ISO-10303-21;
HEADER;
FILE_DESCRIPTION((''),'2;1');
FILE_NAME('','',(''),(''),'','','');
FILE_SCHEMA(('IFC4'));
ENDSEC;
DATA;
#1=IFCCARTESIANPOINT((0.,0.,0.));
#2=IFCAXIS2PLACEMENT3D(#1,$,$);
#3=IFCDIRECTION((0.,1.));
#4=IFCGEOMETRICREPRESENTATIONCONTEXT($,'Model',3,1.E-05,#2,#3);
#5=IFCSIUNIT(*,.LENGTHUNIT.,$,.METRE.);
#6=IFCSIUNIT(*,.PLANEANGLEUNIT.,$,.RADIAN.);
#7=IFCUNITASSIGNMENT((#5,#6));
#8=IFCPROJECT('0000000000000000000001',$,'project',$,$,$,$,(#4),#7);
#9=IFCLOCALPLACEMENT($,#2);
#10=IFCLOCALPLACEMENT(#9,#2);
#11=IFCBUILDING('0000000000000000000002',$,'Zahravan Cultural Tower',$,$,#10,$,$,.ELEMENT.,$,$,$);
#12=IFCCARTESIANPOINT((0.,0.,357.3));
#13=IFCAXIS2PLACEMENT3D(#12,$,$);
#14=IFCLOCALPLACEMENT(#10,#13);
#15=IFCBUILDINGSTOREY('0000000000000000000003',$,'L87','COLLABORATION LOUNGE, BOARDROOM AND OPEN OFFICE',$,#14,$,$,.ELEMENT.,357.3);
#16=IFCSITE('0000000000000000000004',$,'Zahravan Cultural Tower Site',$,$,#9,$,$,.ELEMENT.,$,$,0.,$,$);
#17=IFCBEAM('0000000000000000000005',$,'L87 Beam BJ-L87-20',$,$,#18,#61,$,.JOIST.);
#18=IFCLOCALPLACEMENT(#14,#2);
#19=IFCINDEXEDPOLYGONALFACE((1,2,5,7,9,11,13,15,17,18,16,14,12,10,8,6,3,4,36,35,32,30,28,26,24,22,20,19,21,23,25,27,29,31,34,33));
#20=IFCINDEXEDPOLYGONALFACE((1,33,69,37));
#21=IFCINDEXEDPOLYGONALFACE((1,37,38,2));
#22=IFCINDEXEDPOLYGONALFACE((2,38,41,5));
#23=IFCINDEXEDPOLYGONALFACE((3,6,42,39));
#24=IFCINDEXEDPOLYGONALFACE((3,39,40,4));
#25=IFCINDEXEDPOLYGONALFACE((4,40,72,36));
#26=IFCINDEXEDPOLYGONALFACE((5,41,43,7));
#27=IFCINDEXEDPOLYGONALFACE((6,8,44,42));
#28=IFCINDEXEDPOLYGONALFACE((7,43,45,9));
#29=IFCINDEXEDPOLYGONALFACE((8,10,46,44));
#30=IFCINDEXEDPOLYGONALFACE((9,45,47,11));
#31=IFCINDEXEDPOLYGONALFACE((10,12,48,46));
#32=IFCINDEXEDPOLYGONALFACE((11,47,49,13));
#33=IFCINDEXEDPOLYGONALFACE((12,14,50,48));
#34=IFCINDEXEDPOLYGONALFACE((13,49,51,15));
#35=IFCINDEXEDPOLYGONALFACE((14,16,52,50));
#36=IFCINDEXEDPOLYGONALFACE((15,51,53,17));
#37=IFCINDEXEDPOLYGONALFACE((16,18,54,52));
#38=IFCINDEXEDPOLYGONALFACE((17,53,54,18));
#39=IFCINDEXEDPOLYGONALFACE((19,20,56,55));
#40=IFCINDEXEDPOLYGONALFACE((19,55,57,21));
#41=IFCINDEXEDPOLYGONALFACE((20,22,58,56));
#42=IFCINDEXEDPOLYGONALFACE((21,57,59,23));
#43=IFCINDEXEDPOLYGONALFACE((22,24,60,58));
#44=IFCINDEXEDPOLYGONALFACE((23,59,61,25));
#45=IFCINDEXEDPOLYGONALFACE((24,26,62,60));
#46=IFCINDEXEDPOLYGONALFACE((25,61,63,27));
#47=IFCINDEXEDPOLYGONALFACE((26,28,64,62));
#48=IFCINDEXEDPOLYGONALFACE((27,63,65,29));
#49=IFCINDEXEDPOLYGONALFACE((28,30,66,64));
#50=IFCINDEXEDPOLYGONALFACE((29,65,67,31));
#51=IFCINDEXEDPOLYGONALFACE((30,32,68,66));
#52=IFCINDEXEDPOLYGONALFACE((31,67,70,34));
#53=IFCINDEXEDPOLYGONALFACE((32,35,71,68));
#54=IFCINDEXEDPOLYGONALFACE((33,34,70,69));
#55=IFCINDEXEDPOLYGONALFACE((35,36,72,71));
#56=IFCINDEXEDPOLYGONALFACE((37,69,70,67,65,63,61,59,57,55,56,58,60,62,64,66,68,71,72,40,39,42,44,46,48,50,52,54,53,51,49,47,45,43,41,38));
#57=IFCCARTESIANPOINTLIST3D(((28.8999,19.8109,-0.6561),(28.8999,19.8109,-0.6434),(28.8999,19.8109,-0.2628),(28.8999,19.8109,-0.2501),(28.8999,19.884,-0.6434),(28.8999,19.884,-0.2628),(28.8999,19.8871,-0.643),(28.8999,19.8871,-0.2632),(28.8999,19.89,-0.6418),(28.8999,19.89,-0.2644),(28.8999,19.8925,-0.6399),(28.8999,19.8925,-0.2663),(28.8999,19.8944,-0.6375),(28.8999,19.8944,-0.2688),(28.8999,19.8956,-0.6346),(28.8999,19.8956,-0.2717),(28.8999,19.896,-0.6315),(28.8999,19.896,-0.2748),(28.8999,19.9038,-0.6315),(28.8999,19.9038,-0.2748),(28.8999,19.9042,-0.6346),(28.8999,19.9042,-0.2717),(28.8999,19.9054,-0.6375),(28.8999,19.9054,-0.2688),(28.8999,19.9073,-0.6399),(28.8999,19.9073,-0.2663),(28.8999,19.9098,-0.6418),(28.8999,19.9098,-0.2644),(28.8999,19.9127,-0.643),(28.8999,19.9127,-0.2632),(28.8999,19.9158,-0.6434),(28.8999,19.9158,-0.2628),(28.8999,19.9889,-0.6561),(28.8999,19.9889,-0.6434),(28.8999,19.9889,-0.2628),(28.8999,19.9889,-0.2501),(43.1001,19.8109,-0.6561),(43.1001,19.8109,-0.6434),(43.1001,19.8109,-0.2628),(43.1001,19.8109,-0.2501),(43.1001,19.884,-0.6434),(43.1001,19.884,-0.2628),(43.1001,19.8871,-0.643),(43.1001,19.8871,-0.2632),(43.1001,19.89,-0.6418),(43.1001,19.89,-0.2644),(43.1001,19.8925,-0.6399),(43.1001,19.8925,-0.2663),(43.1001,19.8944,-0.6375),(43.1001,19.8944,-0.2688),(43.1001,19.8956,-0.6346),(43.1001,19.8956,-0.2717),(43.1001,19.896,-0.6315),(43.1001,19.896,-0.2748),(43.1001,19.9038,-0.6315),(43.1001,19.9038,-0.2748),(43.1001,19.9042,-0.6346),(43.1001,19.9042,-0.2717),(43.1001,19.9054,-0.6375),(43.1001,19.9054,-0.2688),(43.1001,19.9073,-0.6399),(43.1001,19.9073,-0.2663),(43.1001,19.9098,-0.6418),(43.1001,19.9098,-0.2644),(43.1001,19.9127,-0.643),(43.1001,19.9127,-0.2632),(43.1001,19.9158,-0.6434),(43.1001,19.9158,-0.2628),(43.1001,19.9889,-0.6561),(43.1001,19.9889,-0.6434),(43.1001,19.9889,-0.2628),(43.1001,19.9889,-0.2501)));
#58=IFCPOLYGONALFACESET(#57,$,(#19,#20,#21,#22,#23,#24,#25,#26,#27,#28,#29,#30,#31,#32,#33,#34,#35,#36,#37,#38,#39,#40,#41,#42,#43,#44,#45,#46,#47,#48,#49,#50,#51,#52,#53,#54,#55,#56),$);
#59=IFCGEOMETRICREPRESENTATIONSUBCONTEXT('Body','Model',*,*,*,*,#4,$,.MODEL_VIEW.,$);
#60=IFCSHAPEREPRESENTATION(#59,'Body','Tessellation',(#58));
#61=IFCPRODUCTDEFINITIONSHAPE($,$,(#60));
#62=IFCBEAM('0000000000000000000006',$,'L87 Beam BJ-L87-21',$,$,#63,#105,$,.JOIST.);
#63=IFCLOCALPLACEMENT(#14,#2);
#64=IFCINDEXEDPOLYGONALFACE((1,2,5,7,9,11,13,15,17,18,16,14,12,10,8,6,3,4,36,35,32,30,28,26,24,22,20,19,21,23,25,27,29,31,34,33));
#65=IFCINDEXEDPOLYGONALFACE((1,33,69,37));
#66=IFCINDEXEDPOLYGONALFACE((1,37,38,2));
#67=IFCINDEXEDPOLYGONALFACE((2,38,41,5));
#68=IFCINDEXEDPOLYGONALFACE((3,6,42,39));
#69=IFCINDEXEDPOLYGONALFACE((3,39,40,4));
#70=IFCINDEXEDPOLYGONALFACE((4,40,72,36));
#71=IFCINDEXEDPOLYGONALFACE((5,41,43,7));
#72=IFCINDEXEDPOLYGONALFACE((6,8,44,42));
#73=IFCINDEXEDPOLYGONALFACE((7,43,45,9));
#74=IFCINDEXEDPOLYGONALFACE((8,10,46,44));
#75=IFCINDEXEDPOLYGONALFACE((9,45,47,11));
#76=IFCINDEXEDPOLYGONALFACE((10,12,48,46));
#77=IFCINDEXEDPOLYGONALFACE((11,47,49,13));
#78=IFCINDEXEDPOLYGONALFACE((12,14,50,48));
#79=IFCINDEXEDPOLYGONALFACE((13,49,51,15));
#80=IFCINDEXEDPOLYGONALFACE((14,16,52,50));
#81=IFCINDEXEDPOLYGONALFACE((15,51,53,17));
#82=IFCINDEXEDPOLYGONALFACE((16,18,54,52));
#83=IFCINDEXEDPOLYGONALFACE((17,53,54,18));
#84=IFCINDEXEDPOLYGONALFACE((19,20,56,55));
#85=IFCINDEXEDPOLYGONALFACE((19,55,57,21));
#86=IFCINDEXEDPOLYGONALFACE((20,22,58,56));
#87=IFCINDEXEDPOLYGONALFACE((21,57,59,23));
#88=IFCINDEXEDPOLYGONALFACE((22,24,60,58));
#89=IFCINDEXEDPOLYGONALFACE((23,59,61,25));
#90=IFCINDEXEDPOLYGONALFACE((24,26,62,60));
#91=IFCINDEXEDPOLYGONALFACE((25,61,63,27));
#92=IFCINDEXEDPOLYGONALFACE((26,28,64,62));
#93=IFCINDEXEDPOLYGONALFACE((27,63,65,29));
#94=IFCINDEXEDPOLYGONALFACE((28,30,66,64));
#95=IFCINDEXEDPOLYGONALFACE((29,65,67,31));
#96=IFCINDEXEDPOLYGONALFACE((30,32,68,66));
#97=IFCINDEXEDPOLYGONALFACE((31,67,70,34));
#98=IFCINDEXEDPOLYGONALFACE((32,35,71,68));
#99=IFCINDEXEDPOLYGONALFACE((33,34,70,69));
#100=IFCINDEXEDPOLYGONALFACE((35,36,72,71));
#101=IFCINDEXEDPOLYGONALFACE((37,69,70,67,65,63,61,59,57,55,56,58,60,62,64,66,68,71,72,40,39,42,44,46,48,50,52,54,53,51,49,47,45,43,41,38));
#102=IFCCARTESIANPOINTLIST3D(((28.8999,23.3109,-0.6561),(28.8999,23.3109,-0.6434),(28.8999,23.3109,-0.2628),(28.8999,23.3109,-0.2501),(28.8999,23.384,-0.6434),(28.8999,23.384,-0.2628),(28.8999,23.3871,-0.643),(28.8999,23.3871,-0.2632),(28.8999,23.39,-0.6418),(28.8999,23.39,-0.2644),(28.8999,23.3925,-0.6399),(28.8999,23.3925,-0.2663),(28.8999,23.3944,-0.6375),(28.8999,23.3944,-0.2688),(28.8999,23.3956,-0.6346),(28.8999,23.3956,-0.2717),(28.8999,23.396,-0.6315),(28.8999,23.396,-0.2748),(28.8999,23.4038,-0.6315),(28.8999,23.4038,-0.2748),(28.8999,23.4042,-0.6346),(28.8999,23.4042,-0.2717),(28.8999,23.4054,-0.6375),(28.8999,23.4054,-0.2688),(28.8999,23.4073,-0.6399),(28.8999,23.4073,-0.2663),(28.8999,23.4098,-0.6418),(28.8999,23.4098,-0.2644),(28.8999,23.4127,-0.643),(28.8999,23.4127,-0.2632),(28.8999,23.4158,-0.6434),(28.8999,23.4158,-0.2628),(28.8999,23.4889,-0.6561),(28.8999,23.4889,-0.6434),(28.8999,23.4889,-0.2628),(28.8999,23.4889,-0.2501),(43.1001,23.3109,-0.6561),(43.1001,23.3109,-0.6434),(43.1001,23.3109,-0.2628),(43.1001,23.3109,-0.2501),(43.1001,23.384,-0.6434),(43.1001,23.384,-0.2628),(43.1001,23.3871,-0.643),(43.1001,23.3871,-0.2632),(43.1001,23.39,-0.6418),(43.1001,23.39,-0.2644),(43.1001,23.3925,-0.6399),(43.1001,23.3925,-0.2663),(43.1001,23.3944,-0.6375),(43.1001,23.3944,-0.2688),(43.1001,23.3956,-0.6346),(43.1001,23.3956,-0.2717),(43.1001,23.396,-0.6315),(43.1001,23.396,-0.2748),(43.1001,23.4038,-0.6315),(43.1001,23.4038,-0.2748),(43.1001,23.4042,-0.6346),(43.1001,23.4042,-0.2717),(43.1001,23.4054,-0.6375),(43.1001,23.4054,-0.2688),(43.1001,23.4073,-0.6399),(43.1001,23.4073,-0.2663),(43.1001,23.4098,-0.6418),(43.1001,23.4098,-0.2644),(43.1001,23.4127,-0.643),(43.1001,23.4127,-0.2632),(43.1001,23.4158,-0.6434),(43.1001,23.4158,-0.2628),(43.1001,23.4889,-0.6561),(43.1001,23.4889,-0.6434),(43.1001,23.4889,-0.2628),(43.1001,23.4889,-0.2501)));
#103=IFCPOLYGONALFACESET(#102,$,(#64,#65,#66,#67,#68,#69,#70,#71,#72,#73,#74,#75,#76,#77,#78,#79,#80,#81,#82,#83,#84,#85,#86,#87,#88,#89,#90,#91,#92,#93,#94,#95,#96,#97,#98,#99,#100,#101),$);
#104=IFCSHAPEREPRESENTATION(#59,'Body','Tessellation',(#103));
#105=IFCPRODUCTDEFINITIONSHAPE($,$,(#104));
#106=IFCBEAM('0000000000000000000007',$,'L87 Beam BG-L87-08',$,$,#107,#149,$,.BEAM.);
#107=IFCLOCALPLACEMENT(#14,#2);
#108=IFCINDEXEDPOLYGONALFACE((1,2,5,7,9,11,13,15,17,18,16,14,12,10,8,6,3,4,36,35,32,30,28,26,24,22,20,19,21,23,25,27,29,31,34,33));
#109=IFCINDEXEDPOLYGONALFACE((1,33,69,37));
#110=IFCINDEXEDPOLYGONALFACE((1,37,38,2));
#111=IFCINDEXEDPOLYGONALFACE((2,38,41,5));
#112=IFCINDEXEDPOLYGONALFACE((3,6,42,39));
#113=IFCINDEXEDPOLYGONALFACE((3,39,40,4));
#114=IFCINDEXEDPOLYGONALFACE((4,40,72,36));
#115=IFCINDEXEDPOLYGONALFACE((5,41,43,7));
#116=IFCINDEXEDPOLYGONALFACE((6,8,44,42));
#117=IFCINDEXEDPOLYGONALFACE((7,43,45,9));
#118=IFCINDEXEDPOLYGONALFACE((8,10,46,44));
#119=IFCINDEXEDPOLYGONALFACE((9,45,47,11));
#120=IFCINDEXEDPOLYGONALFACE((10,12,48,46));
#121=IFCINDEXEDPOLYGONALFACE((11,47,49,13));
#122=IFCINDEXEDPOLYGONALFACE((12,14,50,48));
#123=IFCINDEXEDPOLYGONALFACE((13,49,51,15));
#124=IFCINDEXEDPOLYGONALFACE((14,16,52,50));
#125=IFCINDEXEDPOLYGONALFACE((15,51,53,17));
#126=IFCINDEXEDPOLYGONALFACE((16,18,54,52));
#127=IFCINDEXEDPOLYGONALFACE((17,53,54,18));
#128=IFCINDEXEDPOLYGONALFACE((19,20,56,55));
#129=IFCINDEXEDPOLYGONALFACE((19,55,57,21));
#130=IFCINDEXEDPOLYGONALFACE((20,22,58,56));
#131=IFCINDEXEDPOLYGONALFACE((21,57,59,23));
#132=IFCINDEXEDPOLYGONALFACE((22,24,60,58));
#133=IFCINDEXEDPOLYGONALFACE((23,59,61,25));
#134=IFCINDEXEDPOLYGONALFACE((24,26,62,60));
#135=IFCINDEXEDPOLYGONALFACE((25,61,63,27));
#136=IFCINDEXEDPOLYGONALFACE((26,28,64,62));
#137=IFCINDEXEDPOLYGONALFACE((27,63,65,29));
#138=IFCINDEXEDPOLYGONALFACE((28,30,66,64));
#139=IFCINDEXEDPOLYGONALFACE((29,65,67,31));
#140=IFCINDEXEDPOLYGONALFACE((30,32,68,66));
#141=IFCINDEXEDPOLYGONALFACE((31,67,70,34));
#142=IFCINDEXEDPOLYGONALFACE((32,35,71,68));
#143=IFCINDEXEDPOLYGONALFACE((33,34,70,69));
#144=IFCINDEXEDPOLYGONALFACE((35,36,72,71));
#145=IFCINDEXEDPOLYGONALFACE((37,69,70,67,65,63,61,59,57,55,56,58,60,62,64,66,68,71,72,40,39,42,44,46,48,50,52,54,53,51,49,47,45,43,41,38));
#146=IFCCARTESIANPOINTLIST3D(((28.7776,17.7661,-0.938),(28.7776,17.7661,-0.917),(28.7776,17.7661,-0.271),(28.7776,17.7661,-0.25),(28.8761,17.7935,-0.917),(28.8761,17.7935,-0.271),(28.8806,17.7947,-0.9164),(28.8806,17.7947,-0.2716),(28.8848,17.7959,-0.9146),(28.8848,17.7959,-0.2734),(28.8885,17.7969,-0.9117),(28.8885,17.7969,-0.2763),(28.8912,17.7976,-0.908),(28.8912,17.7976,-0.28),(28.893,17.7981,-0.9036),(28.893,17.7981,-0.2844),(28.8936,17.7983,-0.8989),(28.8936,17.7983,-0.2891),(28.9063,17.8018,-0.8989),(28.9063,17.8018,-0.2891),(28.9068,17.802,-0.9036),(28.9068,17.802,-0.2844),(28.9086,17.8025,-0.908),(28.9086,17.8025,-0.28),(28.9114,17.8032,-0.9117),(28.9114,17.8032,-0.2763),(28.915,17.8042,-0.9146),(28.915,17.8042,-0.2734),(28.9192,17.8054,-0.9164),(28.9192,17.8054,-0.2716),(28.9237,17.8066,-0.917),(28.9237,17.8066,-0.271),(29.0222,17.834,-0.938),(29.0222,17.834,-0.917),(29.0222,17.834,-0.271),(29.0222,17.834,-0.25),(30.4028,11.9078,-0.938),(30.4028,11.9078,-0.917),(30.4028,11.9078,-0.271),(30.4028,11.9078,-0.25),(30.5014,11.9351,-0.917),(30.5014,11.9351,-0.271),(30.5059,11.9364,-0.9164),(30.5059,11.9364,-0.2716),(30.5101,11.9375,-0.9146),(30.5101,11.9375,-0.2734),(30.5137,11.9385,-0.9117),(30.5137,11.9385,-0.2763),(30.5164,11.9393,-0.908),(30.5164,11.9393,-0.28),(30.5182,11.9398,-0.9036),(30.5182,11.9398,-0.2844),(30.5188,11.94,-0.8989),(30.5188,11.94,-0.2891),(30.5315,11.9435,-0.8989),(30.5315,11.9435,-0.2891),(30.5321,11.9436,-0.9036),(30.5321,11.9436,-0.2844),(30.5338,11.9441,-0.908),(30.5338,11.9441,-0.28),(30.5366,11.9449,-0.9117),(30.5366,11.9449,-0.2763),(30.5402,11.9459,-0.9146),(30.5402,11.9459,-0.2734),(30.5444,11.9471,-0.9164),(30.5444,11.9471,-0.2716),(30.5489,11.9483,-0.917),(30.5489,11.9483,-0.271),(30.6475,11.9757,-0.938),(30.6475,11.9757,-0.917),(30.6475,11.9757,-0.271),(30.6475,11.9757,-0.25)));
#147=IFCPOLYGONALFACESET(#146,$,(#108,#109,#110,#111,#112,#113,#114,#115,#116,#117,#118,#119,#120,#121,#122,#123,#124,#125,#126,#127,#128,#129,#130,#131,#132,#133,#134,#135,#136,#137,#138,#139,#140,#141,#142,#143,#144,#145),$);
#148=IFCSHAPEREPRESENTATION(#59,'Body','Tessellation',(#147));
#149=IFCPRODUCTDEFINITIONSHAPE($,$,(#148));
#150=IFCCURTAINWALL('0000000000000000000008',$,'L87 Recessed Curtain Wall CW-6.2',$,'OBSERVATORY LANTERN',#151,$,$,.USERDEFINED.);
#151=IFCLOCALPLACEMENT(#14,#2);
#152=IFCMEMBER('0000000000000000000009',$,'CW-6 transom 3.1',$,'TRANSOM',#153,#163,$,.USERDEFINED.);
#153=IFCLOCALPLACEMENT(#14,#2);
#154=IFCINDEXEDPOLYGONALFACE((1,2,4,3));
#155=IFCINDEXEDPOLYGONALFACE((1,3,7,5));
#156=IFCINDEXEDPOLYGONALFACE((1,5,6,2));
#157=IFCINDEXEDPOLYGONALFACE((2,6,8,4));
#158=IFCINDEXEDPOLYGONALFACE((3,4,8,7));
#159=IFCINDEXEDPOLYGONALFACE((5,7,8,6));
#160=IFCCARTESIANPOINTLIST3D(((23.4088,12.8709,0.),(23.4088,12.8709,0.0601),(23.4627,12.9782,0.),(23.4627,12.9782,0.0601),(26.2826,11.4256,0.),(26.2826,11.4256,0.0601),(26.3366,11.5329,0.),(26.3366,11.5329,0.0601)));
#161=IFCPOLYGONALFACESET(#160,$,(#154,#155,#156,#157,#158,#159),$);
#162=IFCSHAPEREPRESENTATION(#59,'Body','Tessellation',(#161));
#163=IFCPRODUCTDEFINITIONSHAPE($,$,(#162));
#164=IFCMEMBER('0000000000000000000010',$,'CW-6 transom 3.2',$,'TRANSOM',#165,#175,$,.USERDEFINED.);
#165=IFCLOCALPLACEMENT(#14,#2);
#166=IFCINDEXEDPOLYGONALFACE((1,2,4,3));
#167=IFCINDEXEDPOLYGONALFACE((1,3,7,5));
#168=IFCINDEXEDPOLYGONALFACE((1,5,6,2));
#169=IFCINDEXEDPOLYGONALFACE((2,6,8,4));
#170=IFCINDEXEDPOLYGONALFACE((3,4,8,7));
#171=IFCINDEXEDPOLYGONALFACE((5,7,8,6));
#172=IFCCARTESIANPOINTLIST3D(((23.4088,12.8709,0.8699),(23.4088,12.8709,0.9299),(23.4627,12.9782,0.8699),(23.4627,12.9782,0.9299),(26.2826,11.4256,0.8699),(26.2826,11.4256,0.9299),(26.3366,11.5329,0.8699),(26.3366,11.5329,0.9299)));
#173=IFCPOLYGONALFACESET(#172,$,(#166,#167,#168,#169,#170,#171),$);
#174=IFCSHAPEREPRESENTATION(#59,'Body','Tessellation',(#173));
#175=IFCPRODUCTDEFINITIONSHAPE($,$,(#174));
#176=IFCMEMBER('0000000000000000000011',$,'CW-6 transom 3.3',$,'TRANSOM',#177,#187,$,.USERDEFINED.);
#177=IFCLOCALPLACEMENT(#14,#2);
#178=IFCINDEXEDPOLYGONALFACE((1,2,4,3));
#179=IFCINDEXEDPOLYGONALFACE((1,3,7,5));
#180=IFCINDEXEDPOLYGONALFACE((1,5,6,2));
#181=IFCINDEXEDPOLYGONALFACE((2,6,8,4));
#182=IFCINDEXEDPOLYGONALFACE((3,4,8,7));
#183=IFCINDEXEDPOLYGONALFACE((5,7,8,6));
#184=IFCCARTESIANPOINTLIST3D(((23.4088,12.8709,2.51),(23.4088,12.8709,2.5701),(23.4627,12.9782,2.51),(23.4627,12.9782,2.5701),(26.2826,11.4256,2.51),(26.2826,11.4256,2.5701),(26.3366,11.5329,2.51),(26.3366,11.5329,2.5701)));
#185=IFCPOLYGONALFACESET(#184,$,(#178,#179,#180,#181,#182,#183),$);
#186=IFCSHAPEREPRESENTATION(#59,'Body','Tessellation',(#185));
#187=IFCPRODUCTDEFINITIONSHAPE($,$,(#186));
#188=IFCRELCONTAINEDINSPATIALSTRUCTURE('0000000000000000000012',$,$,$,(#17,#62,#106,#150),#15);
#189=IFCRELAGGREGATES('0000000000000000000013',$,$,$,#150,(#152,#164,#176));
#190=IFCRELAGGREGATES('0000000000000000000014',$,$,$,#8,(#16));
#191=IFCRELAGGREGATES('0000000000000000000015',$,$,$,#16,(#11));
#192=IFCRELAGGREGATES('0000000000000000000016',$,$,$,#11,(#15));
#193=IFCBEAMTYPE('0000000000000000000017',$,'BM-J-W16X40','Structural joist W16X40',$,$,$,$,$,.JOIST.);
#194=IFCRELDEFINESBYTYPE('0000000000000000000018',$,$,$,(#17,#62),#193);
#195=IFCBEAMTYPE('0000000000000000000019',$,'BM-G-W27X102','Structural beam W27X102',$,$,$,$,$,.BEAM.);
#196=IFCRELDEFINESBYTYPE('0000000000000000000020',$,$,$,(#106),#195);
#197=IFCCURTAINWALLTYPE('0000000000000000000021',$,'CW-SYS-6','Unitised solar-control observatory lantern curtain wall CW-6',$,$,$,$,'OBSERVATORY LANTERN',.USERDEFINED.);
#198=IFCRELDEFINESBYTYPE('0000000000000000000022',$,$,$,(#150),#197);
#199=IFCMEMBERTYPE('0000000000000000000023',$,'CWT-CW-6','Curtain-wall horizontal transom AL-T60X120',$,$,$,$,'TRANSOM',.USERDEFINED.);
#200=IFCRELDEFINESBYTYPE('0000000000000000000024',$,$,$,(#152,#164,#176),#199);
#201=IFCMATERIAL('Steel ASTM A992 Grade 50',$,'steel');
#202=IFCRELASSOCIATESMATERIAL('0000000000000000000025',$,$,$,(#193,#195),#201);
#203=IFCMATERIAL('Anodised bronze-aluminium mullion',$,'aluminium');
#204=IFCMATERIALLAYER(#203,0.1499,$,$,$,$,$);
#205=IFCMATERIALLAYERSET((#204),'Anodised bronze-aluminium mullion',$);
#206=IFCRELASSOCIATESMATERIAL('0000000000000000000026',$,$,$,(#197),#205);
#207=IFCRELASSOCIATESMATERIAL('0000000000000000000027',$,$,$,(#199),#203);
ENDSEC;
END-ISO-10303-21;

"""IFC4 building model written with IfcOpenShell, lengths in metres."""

from ifc_helpers import new_model, si_unit, direction, frame, origin, origin_2d, place, context, subcontext, project, spatial, rectangle, i_section, extrude, source, transform, mapped, material, layer, layer_set, material_profile, profile_set, type_object, element, aggregate, save


model = new_model("IFC4")

# Units and contexts
model_context = context("Model", 3, precision=1e-05, world=origin(), true_north=direction((0.0, 1.0)))
body_context = subcontext(model_context, "Body", "Model", "MODEL_VIEW")
ifc_project = project(units=[si_unit("LENGTHUNIT", "METRE"), si_unit("PLANEANGLEUNIT", "RADIAN")], contexts=[model_context])

# Site, building, storey
site_placement = place(None, origin())
site = spatial("IfcSite", under=ifc_project, at=site_placement, Name="Zahravan Cultural Tower Site", CompositionType="ELEMENT", RefElevation=0.0)
building_placement = place(site_placement, origin())
building = spatial("IfcBuilding", under=site, at=building_placement, Name="Zahravan Cultural Tower", CompositionType="ELEMENT")
storey_placement = place(building_placement, frame((0.0, 0.0, 357.3)))
storey = spatial("IfcBuildingStorey", under=building, at=storey_placement, Name="L87", Description="COLLABORATION LOUNGE, BOARDROOM AND OPEN OFFICE", CompositionType="ELEMENT", Elevation=357.3)

# Shared definitions
ifc_material_1 = material(Name="Steel ASTM A992 Grade 50", Category="steel")

# Beams
ifc_material_profile_1 = material_profile(ifc_material_1, i_section(OverallWidth=0.178, OverallDepth=0.406, WebThickness=0.0078, FlangeThickness=0.0127, FilletRadius=0.012, at=origin_2d()), Name="W16X40")
ifc_profile_set_1 = profile_set([ifc_material_profile_1], Name="Steel ASTM A992 Grade 50")
beam_type_1 = type_object("IfcBeamType", Name="BM-J-W16X40", Description="Structural joist W16X40", PredefinedType="JOIST", material=ifc_profile_set_1)
shared_shape_1 = source(origin(), body_context, "Body", "SweptSolid", [
    extrude(i_section(OverallWidth=0.178, OverallDepth=0.406, WebThickness=0.0078, FlangeThickness=0.0127, FilletRadius=0.012, at=origin_2d()), origin(), (0.0, 0.0, 1.0), 14.2002),
])
for number, where, z_axis, x_axis, name in (
    (1, (28.8999, 19.8999, -0.4531), (1.0, 0.0, 0.0), (0.0, 1.0, 0.0), "L87 Beam BJ-L87-20"),
    (2, (28.8999, 23.3999, -0.4531), (1.0, 0.0, 0.0), (0.0, 1.0, 0.0), "L87 Beam BJ-L87-21"),
):
    element("IfcBeam", number, at=place(storey_placement, frame(where, z_axis=z_axis, x_axis=x_axis)), inside=storey, type_object=beam_type_1, Name=name, PredefinedType="JOIST", context=body_context, shape_type="MappedRepresentation", body=[
        mapped(shared_shape_1, transform((0.0, 0.0, 0.0), x_axis=(1.0, 0.0, 0.0), y_axis=(0.0, 1.0, 0.0), z_axis=(0.0, 0.0, 1.0), scale=1.0)),
    ])
ifc_material_profile_2 = material_profile(ifc_material_1, i_section(OverallWidth=0.2539, OverallDepth=0.688, WebThickness=0.0132, FlangeThickness=0.021, FilletRadius=0.0181, at=origin_2d()), Name="W27X102")
ifc_profile_set_2 = profile_set([ifc_material_profile_2], Name="Steel ASTM A992 Grade 50")
beam_type_2 = type_object("IfcBeamType", Name="BM-G-W27X102", Description="Structural beam W27X102", PredefinedType="BEAM", material=ifc_profile_set_2)
shared_shape_2 = source(origin(), body_context, "Body", "SweptSolid", [
    extrude(i_section(OverallWidth=0.2539, OverallDepth=0.688, WebThickness=0.0132, FlangeThickness=0.021, FilletRadius=0.0181, at=origin_2d()), origin(), (0.0, 0.0, 1.0), 6.0796),
])
beam_1_placement = place(storey_placement, frame((28.8999, 17.8, -0.594), z_axis=(0.267325, -0.963606, 0.0), x_axis=(0.963606, 0.267325, 0.0)))
element("IfcBeam", 3, at=beam_1_placement, inside=storey, type_object=beam_type_2, Name="L87 Beam BG-L87-08", PredefinedType="BEAM", context=body_context, shape_type="MappedRepresentation", body=[
    mapped(shared_shape_2, transform((0.0, 0.0, 0.0), x_axis=(1.0, 0.0, 0.0), y_axis=(0.0, 1.0, 0.0), z_axis=(0.0, 0.0, 1.0), scale=1.0)),
])

# Curtain wall, members
ifc_material_2 = material(Name="Anodised bronze-aluminium mullion", Category="aluminium")
ifc_layer_1 = layer(ifc_material_2, 0.1499)
ifc_layer_set_1 = layer_set([ifc_layer_1], Name="Anodised bronze-aluminium mullion")
curtain_wall_type = type_object("IfcCurtainWallType", Name="CW-SYS-6", Description="Unitised solar-control observatory lantern curtain wall CW-6", ElementType="OBSERVATORY LANTERN", PredefinedType="USERDEFINED", material=ifc_layer_set_1)
curtain_wall_placement = place(storey_placement, origin())
curtain_wall = element("IfcCurtainWall", 4, at=curtain_wall_placement, inside=storey, type_object=curtain_wall_type, Name="L87 Recessed Curtain Wall CW-6.2", ObjectType="OBSERVATORY LANTERN", PredefinedType="USERDEFINED")
ifc_material_profile_3 = material_profile(ifc_material_2, rectangle(XDim=0.1201, YDim=0.0601, at=origin_2d()), Name="AL-T60X120")
ifc_profile_set_3 = profile_set([ifc_material_profile_3], Name="Anodised bronze-aluminium mullion")
member_type_1 = type_object("IfcMemberType", Name="CWT-CW-6", Description="Curtain-wall horizontal transom AL-T60X120", ElementType="TRANSOM", PredefinedType="USERDEFINED", material=ifc_profile_set_3)
shared_shape_3 = source(origin(), body_context, "Body", "SweptSolid", [
    extrude(rectangle(XDim=0.1201, YDim=0.0601, at=origin_2d()), origin(), (0.0, 0.0, 1.0), 3.2168),
])
member_1_placement = place(storey_placement, frame((26.3096, 11.4792, 0.03), z_axis=(-0.893377, 0.449307, 0.0), x_axis=(-0.449307, -0.893377, 0.0)))
member_1 = element("IfcMember", 5, at=member_1_placement, type_object=member_type_1, Name="CW-6 transom 3.1", ObjectType="TRANSOM", PredefinedType="USERDEFINED", context=body_context, shape_type="MappedRepresentation", body=[
    mapped(shared_shape_3, transform((0.0, 0.0, 0.0), x_axis=(1.0, 0.0, 0.0), y_axis=(0.0, 1.0, 0.0), z_axis=(0.0, 0.0, 1.0), scale=1.0)),
])
member_2_placement = place(storey_placement, frame((26.3096, 11.4792, 0.8999), z_axis=(-0.893377, 0.449307, 0.0), x_axis=(-0.449307, -0.893377, 0.0)))
member_2 = element("IfcMember", 6, at=member_2_placement, type_object=member_type_1, Name="CW-6 transom 3.2", ObjectType="TRANSOM", PredefinedType="USERDEFINED", context=body_context, shape_type="MappedRepresentation", body=[
    mapped(shared_shape_3, transform((0.0, 0.0, 0.0), x_axis=(1.0, 0.0, 0.0), y_axis=(0.0, 1.0, 0.0), z_axis=(0.0, 0.0, 1.0), scale=1.0)),
])
member_3_placement = place(storey_placement, frame((26.3096, 11.4792, 2.54), z_axis=(-0.893377, 0.449307, 0.0), x_axis=(-0.449307, -0.893377, 0.0)))
member_3 = element("IfcMember", 7, at=member_3_placement, type_object=member_type_1, Name="CW-6 transom 3.3", ObjectType="TRANSOM", PredefinedType="USERDEFINED", context=body_context, shape_type="MappedRepresentation", body=[
    mapped(shared_shape_3, transform((0.0, 0.0, 0.0), x_axis=(1.0, 0.0, 0.0), y_axis=(0.0, 1.0, 0.0), z_axis=(0.0, 0.0, 1.0), scale=1.0)),
])
aggregate(curtain_wall, [member_1, member_2, member_3])

save(model, "model.ifc")
